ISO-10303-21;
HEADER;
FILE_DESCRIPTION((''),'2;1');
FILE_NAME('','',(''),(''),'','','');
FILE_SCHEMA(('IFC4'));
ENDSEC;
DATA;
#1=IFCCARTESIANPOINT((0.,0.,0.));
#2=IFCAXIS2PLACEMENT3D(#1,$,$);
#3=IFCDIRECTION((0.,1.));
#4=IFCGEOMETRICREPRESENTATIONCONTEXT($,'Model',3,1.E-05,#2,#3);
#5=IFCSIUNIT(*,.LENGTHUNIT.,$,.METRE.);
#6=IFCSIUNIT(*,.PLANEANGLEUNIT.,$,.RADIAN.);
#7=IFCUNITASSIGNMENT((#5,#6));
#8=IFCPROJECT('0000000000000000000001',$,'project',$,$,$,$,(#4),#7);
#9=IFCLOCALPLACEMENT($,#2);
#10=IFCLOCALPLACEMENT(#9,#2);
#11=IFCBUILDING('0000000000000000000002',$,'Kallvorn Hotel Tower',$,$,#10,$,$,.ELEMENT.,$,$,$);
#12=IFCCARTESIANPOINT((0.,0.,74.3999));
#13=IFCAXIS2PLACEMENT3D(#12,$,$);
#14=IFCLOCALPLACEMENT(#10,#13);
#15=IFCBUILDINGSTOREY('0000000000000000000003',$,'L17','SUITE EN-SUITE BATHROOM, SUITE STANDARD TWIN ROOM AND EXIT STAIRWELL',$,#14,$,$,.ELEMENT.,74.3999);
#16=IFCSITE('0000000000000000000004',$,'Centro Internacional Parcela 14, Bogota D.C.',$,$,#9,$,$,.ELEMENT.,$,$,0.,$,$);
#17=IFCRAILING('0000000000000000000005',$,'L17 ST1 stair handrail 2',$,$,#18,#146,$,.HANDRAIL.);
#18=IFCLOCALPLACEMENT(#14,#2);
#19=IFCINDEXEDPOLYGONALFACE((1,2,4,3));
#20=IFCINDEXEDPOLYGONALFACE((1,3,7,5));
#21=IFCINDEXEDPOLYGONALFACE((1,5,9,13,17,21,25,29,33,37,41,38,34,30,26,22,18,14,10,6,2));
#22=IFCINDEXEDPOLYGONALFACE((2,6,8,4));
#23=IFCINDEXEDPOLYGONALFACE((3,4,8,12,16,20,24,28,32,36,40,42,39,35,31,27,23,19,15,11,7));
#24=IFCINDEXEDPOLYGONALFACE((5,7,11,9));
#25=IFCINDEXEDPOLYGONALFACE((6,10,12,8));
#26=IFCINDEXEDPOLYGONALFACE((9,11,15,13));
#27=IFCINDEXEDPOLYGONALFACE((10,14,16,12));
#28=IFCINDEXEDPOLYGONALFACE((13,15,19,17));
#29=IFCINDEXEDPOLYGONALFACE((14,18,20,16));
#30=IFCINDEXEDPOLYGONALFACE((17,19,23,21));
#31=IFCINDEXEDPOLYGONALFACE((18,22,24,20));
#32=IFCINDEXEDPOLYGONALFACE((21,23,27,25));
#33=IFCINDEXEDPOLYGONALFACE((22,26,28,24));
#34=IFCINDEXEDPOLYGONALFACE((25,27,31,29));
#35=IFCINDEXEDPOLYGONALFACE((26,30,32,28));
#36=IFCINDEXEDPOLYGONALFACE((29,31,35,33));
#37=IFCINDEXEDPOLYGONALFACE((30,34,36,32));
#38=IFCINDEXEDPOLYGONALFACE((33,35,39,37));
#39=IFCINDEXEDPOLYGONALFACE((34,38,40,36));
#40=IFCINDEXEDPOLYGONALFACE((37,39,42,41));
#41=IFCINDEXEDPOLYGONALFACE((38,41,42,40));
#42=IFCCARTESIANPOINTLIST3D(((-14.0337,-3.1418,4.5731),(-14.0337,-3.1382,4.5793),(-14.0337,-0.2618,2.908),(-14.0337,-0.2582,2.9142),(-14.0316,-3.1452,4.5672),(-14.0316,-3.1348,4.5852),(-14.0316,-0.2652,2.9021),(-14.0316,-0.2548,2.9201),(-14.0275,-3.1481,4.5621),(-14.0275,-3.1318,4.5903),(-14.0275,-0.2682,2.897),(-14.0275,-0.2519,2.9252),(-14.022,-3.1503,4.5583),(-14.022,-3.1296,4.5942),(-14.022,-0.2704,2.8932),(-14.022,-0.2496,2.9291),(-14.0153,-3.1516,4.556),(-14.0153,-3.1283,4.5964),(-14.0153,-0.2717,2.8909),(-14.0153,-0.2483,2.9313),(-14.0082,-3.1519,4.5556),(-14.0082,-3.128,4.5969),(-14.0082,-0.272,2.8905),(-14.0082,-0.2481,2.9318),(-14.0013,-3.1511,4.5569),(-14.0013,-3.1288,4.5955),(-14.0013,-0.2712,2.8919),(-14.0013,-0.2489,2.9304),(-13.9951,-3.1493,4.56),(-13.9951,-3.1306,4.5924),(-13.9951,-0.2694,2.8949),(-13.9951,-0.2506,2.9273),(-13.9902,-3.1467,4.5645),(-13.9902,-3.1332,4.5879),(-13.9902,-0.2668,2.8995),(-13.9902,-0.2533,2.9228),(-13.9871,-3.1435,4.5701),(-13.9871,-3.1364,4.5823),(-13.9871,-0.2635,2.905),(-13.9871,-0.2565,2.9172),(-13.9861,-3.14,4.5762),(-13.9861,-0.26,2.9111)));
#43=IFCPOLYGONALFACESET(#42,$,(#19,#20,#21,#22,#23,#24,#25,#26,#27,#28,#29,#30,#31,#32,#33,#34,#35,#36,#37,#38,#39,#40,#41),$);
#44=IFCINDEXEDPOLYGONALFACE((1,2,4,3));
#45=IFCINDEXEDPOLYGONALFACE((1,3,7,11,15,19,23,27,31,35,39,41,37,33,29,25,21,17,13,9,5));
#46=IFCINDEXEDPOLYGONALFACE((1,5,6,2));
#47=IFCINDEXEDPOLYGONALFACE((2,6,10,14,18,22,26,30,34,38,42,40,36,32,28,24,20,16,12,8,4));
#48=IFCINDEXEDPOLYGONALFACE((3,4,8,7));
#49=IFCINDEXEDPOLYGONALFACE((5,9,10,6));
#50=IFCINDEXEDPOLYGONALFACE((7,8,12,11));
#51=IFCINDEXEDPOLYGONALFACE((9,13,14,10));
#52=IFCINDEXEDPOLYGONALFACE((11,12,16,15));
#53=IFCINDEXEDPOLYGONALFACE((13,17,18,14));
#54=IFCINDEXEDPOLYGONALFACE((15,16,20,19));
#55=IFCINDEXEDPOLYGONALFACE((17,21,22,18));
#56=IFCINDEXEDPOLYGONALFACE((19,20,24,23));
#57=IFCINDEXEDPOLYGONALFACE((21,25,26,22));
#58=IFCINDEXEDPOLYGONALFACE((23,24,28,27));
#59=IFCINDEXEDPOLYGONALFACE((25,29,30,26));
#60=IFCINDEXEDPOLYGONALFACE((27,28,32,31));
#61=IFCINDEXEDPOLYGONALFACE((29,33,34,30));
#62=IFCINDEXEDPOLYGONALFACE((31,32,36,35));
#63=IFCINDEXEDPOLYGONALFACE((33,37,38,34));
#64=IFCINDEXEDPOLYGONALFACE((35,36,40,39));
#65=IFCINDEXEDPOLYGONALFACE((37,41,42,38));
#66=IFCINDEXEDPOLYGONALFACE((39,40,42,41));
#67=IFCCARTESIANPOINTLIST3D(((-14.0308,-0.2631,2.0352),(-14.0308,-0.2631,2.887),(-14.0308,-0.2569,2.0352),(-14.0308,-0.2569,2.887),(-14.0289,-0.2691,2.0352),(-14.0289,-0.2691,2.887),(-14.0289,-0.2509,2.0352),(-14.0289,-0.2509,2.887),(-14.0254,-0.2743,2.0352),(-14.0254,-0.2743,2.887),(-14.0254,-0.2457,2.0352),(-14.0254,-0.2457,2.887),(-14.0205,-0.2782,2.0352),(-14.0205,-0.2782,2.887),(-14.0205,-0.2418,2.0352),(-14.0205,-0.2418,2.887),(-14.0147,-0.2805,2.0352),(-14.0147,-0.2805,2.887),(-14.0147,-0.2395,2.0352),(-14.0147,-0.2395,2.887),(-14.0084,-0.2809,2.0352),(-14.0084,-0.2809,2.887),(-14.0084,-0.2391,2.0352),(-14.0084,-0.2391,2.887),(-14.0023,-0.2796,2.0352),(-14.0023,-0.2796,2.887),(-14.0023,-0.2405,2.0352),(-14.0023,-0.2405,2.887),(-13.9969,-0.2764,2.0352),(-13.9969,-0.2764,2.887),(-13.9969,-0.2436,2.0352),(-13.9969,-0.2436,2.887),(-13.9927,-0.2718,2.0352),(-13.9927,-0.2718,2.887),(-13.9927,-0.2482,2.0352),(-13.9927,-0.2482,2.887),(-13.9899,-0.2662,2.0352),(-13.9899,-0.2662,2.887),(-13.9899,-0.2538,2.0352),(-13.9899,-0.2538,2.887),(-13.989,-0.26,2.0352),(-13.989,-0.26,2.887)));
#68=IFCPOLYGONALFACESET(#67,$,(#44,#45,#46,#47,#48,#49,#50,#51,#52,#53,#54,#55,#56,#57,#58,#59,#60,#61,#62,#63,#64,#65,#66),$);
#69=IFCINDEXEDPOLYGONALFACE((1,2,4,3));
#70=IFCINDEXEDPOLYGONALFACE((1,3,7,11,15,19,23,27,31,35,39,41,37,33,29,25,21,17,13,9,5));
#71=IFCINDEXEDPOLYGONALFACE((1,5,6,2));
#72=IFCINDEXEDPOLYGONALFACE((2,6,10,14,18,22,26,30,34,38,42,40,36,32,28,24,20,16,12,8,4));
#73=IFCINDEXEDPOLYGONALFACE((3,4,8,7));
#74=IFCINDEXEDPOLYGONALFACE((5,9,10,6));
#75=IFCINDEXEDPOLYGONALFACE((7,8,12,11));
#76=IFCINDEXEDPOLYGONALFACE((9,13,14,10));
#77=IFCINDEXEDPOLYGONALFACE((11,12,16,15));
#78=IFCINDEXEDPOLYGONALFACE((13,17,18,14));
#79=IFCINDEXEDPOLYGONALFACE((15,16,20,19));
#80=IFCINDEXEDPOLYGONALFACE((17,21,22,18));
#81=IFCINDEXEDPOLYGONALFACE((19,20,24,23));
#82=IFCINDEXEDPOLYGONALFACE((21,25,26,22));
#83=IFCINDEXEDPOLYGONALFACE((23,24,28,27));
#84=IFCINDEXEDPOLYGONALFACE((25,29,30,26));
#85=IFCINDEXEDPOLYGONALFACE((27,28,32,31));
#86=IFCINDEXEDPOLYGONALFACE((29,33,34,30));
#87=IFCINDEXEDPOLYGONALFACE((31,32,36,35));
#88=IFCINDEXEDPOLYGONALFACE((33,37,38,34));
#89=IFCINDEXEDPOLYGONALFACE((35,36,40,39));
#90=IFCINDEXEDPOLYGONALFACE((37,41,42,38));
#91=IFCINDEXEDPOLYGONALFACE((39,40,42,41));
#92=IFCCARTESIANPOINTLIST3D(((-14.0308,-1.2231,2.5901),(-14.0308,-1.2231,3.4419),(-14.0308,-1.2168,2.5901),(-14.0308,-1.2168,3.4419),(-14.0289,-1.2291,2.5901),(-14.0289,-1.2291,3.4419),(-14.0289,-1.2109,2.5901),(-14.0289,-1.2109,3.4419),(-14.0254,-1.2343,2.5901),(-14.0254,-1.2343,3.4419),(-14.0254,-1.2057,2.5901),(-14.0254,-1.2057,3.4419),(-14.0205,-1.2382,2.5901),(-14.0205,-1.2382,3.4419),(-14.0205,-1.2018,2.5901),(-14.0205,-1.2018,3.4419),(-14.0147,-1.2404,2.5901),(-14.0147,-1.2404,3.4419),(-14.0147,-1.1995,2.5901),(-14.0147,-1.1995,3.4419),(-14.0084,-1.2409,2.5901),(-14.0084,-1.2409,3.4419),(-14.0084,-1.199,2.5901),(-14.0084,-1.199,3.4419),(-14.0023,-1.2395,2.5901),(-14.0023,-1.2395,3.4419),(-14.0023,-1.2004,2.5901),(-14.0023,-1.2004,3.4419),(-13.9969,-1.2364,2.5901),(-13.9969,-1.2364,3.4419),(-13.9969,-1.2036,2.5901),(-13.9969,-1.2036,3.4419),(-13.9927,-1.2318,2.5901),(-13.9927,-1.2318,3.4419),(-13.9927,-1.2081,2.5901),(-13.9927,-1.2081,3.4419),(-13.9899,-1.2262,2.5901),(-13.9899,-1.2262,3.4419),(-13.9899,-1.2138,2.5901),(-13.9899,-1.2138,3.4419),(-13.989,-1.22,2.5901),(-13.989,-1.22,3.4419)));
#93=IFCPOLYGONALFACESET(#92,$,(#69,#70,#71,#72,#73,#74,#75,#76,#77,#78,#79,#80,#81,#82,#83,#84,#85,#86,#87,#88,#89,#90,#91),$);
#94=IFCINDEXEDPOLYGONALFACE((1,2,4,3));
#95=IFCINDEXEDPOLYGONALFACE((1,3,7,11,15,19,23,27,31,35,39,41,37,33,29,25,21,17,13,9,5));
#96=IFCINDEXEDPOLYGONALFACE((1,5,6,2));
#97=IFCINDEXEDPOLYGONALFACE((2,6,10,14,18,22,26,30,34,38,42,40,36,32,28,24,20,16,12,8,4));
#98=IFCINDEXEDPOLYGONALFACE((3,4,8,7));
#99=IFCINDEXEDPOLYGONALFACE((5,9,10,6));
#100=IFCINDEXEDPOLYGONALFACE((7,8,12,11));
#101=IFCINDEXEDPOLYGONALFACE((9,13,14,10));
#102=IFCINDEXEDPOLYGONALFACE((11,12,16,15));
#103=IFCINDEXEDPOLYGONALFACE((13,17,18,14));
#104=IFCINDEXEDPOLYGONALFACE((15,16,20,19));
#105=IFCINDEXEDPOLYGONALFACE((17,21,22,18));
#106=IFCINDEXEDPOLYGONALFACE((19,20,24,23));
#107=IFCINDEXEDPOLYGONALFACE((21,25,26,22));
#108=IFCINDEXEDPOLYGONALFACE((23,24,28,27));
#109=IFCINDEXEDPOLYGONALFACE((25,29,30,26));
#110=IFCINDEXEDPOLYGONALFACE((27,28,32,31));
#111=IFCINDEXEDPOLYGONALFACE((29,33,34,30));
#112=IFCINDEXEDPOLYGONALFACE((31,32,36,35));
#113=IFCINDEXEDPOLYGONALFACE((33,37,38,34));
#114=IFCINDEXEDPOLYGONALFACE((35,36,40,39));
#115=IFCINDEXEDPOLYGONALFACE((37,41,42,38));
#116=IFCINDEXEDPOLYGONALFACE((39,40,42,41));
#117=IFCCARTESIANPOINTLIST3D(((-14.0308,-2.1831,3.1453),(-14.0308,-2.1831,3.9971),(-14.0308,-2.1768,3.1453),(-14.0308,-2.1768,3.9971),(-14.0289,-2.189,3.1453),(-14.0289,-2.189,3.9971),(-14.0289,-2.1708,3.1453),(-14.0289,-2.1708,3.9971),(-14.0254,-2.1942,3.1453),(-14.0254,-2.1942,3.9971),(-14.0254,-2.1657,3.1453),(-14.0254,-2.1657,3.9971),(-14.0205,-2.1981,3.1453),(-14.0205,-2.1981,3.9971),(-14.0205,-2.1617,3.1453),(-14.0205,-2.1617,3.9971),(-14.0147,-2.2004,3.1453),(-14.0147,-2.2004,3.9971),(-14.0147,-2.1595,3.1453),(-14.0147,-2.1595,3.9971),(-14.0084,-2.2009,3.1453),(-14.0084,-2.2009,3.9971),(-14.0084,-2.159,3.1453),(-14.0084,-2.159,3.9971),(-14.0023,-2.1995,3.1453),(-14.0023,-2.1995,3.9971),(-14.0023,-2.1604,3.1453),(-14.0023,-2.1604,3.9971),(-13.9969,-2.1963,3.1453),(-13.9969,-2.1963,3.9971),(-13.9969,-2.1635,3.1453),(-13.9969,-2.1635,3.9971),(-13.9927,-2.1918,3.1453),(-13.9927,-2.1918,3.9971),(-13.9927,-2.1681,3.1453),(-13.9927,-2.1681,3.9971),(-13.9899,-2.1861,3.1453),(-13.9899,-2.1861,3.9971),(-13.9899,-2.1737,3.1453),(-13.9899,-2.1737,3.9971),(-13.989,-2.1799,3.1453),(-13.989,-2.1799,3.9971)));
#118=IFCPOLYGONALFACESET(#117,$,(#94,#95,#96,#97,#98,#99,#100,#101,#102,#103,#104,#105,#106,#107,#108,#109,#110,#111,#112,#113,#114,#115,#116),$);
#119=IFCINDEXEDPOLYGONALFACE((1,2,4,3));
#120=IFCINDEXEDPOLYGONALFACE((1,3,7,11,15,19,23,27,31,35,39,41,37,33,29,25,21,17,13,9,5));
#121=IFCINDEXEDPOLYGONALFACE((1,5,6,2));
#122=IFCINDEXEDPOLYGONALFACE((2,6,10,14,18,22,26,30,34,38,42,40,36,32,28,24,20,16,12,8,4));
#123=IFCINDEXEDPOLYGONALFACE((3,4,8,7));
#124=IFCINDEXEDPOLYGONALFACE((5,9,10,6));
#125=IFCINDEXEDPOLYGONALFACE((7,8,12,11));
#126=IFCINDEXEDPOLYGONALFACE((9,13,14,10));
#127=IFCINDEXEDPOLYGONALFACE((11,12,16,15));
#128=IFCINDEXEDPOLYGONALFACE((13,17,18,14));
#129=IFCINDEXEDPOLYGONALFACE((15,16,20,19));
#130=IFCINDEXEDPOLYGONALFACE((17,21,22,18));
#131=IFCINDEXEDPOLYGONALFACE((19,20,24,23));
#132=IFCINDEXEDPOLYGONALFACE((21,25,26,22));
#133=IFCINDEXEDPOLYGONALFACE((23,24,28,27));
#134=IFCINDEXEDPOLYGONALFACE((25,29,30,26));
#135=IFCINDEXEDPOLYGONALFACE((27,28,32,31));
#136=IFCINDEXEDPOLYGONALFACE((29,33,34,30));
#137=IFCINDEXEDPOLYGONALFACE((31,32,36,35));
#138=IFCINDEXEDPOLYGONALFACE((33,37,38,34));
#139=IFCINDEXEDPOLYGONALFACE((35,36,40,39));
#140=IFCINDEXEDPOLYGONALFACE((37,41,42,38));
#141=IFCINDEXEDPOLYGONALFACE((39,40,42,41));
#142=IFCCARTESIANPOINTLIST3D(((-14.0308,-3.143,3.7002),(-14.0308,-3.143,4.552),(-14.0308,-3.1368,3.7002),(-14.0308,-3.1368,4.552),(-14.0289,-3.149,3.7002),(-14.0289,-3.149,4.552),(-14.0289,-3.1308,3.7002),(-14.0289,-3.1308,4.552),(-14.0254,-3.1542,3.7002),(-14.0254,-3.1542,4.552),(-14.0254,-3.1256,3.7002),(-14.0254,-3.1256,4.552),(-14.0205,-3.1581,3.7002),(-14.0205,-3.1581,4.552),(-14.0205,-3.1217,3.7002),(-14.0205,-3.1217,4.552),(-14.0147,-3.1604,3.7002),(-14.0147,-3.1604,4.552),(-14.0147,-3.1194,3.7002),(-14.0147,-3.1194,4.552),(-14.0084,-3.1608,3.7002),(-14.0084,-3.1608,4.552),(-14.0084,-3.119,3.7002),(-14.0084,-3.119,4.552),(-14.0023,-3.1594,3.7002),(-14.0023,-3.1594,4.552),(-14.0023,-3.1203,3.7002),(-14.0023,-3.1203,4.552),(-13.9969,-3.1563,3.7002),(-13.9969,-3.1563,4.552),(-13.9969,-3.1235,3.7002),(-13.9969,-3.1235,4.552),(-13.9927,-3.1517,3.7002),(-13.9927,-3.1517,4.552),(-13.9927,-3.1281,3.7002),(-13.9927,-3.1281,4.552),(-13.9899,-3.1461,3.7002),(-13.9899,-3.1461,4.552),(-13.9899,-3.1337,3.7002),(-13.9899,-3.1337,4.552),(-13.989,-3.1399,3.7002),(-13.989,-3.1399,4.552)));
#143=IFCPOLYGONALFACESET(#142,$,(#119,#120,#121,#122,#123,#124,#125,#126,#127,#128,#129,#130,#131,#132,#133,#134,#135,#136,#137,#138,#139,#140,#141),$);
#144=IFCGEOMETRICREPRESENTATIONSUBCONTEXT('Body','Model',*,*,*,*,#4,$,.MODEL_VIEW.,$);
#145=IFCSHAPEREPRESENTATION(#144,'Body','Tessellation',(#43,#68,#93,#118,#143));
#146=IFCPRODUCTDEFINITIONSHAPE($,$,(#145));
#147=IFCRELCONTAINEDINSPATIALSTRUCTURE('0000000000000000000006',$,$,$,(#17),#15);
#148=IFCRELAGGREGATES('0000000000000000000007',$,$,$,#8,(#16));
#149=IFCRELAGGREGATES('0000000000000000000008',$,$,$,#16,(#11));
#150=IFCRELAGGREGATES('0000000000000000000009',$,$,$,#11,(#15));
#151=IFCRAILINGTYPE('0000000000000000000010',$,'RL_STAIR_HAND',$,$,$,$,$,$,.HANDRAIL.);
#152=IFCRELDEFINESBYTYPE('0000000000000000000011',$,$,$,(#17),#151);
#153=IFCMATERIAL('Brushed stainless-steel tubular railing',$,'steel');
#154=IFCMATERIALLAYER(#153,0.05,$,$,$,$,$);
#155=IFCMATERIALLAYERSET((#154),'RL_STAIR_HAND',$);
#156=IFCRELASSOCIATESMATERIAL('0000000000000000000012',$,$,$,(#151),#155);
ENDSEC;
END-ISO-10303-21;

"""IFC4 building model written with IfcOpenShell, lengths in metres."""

from ifc_helpers import new_model, si_unit, direction, frame, origin, origin_2d, place, context, subcontext, project, spatial, circle, extrude, material, layer, layer_set, type_object, element, save


model = new_model("IFC4")

# Units and contexts
model_context = context("Model", 3, precision=1e-05, world=origin(), true_north=direction((0.0, 1.0)))
body_context = subcontext(model_context, "Body", "Model", "MODEL_VIEW")
ifc_project = project(units=[si_unit("LENGTHUNIT", "METRE"), si_unit("PLANEANGLEUNIT", "RADIAN")], contexts=[model_context])

# Site, building, storey
site_placement = place(None, origin())
site = spatial("IfcSite", under=ifc_project, at=site_placement, Name="Centro Internacional Parcela 14, Bogota D.C.", CompositionType="ELEMENT", RefElevation=0.0)
building_placement = place(site_placement, origin())
building = spatial("IfcBuilding", under=site, at=building_placement, Name="Kallvorn Hotel Tower", CompositionType="ELEMENT")
storey_placement = place(building_placement, frame((0.0, 0.0, 74.3999)))
storey = spatial("IfcBuildingStorey", under=building, at=storey_placement, Name="L17", Description="SUITE EN-SUITE BATHROOM, SUITE STANDARD TWIN ROOM AND EXIT STAIRWELL", CompositionType="ELEMENT", Elevation=74.3999)

# Railing
ifc_material_1 = material(Name="Brushed stainless-steel tubular railing", Category="steel")
ifc_layer_1 = layer(ifc_material_1, 0.05)
ifc_layer_set_1 = layer_set([ifc_layer_1], Name="RL_STAIR_HAND")
railing_type_1 = type_object("IfcRailingType", Name="RL_STAIR_HAND", PredefinedType="HANDRAIL", material=ifc_layer_set_1)
railing_1_placement = place(storey_placement, frame((-14.01, -0.26, 2.0352)))
element("IfcRailing", 1, at=railing_1_placement, inside=storey, type_object=railing_type_1, Name="L17 ST1 stair handrail 2", PredefinedType="HANDRAIL", context=body_context, shape_type="SweptSolid", body=[
    extrude(circle(Radius=0.0239, at=origin_2d()), frame((0.0, 0.0, 0.876), z_axis=(0.0, -0.865721, 0.500527), x_axis=(1.0, 0.0, 0.0)), (0.0, 0.0, 1.0), 3.3267),
    extrude(circle(Radius=0.021, at=origin_2d()), origin(), (0.0, 0.0, 1.0), 0.8518),
    extrude(circle(Radius=0.021, at=origin_2d()), frame((0.0, -0.96, 0.5549)), (0.0, 0.0, 1.0), 0.8518),
    extrude(circle(Radius=0.021, at=origin_2d()), frame((0.0, -1.9199, 1.1101)), (0.0, 0.0, 1.0), 0.8518),
    extrude(circle(Radius=0.021, at=origin_2d()), frame((0.0, -2.8799, 1.665)), (0.0, 0.0, 1.0), 0.8518),
])

save(model, "model.ifc")
